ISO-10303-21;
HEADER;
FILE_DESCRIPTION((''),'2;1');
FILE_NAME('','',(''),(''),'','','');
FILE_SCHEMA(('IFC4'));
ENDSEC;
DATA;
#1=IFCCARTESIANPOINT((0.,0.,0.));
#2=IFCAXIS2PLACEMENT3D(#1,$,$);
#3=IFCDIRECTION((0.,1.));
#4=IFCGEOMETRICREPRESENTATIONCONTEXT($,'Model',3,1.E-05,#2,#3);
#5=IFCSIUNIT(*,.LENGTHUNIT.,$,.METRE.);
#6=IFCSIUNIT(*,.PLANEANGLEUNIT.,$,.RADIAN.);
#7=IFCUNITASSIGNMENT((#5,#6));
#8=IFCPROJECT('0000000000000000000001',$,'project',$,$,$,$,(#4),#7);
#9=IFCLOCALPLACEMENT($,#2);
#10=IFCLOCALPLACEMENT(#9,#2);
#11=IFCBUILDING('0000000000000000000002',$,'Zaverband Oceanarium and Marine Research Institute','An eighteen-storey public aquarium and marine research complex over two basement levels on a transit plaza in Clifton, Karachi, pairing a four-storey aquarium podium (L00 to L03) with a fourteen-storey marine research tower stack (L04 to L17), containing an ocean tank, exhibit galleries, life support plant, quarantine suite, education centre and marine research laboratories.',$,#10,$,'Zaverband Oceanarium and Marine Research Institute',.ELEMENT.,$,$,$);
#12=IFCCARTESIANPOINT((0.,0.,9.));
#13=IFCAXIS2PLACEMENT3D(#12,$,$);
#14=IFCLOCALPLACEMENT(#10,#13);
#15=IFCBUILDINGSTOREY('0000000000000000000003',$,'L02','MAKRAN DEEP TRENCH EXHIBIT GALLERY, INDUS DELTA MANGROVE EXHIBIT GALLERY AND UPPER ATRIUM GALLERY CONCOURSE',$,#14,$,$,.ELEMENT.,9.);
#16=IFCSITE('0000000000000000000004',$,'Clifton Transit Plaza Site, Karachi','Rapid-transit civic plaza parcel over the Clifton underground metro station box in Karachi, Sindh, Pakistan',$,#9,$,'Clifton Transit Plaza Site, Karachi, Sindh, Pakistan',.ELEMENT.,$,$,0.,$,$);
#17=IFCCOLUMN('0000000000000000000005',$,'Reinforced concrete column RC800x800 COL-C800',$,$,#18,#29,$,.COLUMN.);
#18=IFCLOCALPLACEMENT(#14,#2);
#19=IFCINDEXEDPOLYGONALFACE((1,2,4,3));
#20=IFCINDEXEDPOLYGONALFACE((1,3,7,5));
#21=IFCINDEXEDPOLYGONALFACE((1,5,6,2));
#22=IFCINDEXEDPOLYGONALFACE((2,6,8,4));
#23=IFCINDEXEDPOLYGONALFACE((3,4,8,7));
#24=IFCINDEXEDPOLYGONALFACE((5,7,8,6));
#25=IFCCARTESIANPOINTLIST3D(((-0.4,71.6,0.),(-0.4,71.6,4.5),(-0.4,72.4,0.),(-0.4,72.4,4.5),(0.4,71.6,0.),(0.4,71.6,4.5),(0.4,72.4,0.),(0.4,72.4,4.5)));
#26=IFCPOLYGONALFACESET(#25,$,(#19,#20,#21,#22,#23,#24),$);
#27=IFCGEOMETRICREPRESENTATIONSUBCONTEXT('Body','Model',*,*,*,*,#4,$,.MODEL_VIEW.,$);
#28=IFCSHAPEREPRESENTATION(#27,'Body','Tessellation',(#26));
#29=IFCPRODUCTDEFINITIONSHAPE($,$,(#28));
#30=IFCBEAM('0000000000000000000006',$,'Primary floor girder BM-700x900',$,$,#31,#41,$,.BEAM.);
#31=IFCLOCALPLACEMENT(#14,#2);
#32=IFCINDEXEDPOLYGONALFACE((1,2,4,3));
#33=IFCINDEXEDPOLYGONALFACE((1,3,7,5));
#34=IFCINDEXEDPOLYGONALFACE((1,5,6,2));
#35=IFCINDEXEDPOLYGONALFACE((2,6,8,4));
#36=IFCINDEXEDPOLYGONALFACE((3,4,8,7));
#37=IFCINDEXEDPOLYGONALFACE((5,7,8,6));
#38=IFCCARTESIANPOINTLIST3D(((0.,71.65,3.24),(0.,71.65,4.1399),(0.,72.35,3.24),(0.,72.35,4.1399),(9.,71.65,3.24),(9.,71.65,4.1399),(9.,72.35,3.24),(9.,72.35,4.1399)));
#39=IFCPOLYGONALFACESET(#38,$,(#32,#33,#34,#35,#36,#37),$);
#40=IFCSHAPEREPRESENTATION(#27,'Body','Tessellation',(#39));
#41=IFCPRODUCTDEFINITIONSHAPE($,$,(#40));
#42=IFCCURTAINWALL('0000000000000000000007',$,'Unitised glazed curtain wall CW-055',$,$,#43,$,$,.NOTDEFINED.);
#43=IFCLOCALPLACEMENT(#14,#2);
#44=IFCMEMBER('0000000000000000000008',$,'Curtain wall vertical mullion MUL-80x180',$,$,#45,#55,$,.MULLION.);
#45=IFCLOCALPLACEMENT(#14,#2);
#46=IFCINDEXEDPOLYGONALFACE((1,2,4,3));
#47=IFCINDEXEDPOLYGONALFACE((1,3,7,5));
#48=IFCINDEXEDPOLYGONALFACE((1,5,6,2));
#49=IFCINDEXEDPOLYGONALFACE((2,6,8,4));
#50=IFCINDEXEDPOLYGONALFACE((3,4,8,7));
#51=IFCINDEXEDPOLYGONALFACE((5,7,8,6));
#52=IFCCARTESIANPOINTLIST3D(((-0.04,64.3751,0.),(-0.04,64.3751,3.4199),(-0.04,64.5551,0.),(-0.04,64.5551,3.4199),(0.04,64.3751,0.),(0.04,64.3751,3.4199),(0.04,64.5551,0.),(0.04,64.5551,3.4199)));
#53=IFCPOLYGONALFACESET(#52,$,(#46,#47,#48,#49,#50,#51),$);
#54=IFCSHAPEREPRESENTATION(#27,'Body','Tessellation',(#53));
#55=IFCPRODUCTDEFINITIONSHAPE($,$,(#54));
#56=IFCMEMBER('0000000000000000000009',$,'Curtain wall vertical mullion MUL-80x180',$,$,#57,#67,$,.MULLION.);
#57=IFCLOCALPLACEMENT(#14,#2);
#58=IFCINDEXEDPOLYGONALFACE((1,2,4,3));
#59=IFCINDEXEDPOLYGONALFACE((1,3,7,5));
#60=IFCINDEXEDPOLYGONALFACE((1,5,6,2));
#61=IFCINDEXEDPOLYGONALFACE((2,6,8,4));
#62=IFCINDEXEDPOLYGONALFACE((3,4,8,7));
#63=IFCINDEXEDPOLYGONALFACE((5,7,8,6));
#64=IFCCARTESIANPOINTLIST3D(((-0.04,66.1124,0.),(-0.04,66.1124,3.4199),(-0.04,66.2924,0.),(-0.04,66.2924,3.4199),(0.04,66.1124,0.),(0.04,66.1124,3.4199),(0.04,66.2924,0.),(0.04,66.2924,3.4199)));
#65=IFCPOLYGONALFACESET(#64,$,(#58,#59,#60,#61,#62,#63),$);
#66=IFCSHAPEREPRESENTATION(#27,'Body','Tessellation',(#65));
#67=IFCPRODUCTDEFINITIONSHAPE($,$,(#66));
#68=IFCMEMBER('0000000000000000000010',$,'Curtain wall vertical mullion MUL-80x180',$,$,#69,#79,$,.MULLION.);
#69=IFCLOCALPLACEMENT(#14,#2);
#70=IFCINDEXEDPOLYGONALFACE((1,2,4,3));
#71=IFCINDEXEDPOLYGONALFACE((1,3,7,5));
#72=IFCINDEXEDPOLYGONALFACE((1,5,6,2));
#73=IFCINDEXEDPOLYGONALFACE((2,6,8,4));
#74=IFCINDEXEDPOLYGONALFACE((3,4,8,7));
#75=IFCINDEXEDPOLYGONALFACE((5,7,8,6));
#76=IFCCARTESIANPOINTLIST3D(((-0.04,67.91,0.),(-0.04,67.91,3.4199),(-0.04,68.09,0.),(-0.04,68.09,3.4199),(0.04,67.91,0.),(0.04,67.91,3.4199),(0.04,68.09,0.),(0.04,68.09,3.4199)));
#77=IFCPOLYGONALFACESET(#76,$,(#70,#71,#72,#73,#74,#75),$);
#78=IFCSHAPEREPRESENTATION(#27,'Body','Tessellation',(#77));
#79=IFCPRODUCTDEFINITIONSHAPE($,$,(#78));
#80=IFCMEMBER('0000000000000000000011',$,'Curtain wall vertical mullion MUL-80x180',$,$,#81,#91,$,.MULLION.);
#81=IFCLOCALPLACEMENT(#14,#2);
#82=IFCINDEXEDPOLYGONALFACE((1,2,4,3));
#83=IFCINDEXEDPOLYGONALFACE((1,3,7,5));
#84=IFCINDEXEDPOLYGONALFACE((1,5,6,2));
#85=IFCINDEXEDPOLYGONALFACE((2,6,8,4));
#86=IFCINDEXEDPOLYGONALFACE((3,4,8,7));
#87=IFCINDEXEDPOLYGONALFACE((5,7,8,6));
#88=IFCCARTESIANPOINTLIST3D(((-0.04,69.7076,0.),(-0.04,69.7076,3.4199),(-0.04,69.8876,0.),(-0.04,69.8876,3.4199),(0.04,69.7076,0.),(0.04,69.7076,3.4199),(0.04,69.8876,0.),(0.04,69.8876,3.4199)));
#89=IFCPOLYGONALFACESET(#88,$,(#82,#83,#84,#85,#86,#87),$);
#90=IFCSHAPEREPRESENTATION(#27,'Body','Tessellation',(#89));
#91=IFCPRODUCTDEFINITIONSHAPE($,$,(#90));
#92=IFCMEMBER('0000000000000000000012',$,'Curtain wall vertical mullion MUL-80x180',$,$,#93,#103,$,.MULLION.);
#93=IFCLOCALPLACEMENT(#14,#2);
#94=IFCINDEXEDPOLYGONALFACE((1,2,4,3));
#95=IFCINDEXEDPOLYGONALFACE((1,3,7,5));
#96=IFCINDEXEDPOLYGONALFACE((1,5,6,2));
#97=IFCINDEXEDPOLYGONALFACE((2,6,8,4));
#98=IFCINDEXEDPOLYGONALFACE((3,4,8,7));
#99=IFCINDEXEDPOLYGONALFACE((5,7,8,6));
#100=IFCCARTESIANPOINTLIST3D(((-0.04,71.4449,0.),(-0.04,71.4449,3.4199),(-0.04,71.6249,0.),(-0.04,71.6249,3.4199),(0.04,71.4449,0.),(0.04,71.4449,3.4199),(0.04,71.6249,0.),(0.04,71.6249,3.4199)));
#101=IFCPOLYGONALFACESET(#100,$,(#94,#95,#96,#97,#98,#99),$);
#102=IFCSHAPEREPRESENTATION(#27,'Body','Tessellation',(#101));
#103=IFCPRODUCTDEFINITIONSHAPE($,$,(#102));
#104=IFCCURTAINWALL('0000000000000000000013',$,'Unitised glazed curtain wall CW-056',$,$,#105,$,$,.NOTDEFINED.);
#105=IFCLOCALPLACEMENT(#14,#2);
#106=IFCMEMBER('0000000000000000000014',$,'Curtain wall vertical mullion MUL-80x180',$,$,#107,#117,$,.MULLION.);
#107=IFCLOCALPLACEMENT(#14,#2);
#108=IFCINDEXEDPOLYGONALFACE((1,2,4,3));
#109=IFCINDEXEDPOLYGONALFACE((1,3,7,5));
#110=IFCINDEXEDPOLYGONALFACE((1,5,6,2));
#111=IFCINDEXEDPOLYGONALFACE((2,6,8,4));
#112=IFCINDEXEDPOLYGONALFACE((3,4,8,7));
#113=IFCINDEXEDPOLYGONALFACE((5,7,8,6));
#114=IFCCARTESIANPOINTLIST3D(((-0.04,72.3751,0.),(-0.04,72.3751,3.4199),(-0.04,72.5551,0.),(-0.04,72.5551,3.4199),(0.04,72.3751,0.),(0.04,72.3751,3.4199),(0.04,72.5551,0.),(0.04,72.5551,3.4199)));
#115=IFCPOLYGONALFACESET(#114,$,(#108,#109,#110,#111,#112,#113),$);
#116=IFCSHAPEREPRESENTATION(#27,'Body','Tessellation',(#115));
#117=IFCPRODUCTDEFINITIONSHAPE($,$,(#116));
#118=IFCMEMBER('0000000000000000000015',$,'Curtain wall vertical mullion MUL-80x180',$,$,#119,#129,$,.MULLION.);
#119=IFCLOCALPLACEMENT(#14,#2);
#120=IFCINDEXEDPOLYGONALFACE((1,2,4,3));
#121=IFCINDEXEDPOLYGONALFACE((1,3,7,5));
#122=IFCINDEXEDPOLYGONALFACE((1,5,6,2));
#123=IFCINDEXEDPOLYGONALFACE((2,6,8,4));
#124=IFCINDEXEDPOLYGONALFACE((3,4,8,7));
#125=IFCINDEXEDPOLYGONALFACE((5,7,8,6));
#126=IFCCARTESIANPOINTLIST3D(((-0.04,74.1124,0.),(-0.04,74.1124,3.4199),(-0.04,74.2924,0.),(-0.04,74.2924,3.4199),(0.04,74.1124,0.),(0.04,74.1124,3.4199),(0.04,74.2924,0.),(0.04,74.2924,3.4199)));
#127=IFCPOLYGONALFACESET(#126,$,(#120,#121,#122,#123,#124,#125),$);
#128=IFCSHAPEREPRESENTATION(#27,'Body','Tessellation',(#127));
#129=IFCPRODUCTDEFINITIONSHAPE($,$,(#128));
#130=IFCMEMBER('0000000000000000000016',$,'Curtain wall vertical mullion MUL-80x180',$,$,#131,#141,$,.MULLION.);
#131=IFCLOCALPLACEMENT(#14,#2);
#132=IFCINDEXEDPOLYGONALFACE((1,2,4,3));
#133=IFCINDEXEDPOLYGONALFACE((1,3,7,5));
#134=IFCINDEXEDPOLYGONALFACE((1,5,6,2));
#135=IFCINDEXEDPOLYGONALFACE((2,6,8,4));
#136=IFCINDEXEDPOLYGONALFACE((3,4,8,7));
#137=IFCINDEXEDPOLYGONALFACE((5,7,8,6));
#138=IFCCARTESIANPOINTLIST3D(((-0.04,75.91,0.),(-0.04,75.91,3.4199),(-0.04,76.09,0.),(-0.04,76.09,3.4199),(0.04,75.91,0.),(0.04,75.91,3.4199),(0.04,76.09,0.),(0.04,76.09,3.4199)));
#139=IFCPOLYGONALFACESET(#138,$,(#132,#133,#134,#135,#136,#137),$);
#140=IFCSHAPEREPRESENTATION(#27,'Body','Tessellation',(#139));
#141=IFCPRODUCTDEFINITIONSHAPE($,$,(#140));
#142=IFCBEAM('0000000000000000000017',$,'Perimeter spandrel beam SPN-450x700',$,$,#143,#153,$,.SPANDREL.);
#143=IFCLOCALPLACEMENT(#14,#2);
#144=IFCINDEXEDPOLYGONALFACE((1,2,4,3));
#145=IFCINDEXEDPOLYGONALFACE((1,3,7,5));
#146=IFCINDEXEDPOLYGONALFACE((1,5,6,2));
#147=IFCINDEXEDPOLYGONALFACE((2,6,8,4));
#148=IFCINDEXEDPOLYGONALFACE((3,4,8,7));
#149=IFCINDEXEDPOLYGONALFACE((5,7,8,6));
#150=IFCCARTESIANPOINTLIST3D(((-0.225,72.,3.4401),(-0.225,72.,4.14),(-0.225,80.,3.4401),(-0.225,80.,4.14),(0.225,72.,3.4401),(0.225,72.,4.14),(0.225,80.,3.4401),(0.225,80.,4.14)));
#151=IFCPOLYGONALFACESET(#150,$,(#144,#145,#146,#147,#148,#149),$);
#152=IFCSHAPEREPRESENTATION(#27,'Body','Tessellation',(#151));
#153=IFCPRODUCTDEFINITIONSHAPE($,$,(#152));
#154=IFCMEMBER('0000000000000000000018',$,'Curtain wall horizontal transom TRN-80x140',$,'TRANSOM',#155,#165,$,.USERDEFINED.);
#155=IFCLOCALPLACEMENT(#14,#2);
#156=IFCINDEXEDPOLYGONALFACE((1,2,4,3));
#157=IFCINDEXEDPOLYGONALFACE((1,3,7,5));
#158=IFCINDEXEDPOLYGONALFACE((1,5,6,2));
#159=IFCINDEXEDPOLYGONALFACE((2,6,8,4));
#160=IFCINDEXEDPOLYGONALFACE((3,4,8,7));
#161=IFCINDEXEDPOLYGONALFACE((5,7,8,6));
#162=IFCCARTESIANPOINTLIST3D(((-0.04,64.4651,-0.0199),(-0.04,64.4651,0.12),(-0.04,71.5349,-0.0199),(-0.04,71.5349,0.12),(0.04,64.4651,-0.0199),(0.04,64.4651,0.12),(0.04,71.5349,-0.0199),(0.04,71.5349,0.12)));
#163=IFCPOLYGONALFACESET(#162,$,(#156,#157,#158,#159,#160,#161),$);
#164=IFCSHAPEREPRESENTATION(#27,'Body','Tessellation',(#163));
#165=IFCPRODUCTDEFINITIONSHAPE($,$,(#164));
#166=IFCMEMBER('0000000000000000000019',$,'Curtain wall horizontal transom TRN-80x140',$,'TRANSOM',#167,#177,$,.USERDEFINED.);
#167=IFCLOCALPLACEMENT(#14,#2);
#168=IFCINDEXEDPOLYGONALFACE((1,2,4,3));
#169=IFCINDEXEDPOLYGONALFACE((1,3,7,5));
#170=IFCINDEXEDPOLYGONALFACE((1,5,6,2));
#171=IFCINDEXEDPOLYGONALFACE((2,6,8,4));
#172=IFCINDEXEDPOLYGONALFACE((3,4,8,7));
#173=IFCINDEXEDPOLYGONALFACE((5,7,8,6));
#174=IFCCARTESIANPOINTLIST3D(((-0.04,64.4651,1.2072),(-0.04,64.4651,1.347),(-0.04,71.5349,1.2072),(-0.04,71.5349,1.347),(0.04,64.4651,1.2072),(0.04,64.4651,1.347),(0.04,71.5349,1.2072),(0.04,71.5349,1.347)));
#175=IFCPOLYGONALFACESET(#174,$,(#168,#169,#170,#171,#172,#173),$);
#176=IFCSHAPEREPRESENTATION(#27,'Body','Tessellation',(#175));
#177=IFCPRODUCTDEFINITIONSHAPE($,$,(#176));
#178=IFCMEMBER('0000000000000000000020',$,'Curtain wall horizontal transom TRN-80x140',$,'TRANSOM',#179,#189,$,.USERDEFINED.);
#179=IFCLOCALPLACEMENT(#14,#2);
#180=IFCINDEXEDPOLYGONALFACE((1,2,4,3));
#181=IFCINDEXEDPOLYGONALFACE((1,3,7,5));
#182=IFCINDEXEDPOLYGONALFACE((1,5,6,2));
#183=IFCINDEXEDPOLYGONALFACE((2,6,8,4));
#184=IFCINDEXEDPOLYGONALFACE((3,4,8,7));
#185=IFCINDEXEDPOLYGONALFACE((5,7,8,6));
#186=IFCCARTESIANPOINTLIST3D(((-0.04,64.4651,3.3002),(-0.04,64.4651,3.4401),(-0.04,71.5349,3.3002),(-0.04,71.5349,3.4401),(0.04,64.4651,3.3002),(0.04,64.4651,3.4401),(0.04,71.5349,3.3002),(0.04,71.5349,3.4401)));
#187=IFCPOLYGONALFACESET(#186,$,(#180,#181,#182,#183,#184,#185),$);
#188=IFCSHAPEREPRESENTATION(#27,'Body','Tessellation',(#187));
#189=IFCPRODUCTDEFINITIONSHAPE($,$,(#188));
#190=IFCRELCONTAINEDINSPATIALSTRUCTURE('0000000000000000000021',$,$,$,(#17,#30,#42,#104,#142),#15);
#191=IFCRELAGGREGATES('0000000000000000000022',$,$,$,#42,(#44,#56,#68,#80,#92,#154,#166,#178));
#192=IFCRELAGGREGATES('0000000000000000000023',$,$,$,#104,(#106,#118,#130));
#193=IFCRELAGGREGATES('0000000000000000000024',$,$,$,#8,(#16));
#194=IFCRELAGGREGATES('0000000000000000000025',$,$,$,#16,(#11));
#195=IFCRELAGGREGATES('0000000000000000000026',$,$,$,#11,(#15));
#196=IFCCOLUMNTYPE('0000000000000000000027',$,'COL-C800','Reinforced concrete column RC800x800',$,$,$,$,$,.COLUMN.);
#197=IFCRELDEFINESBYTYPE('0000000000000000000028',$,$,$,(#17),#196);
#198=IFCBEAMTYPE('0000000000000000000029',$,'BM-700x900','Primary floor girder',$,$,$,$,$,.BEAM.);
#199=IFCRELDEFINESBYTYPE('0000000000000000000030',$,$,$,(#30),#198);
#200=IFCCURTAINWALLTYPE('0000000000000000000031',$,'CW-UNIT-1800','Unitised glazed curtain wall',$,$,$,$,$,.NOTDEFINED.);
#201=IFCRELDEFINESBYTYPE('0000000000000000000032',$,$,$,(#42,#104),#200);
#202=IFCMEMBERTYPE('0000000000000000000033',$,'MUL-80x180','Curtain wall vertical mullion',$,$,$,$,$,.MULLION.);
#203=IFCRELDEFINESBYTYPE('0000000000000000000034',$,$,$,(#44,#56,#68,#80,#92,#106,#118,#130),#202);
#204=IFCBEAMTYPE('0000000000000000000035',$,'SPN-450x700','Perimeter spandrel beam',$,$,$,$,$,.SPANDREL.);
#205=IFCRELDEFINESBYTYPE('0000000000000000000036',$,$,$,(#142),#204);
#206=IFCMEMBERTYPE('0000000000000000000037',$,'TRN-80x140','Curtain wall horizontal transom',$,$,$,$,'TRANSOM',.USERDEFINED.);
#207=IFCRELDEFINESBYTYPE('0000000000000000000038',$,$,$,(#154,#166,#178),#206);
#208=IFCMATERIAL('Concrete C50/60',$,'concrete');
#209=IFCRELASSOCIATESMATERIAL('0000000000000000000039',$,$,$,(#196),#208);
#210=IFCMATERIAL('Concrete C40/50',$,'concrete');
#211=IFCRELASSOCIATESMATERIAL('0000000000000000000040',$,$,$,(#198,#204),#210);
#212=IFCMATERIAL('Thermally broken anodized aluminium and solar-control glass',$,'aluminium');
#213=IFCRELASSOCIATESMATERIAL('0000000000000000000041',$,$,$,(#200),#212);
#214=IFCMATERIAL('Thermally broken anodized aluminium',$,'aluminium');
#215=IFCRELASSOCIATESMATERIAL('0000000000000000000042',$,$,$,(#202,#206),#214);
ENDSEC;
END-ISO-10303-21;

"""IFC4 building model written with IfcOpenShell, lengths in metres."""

from ifc_helpers import new_model, si_unit, direction, frame, origin, origin_2d, place, context, subcontext, project, spatial, rectangle, extrude, material, material_profile, profile_set, type_object, element, aggregate, save


model = new_model("IFC4")

# Units and contexts
model_context = context("Model", 3, precision=1e-05, world=origin(), true_north=direction((0.0, 1.0)))
body_context = subcontext(model_context, "Body", "Model", "MODEL_VIEW")
ifc_project = project(units=[si_unit("LENGTHUNIT", "METRE"), si_unit("PLANEANGLEUNIT", "RADIAN")], contexts=[model_context])

# Site, building, storey
site_placement = place(None, origin())
site = spatial("IfcSite", under=ifc_project, at=site_placement, Name="Clifton Transit Plaza Site, Karachi", Description="Rapid-transit civic plaza parcel over the Clifton underground metro station box in Karachi, Sindh, Pakistan", LongName="Clifton Transit Plaza Site, Karachi, Sindh, Pakistan", CompositionType="ELEMENT", RefElevation=0.0)
building_placement = place(site_placement, origin())
building = spatial("IfcBuilding", under=site, at=building_placement, Name="Zaverband Oceanarium and Marine Research Institute", Description="An eighteen-storey public aquarium and marine research complex over two basement levels on a transit plaza in Clifton, Karachi, pairing a four-storey aquarium podium (L00 to L03) with a fourteen-storey marine research tower stack (L04 to L17), containing an ocean tank, exhibit galleries, life support plant, quarantine suite, education centre and marine research laboratories.", LongName="Zaverband Oceanarium and Marine Research Institute", CompositionType="ELEMENT")
storey_placement = place(building_placement, frame((0.0, 0.0, 9.0)))
storey = spatial("IfcBuildingStorey", under=building, at=storey_placement, Name="L02", Description="MAKRAN DEEP TRENCH EXHIBIT GALLERY, INDUS DELTA MANGROVE EXHIBIT GALLERY AND UPPER ATRIUM GALLERY CONCOURSE", CompositionType="ELEMENT", Elevation=9.0)

# Column
ifc_material_1 = material(Name="Concrete C50/60", Category="concrete")
ifc_material_profile_1 = material_profile(ifc_material_1, rectangle(XDim=0.8, YDim=0.8, at=origin_2d()), Name="RC800x800")
ifc_profile_set_1 = profile_set([ifc_material_profile_1], Name="Concrete C50/60")
column_type = type_object("IfcColumnType", Name="COL-C800", Description="Reinforced concrete column RC800x800", PredefinedType="COLUMN", material=ifc_profile_set_1)
column_placement = place(storey_placement, frame((0.0, 72.0, 0.0), z_axis=(0.0, 0.0, 1.0), x_axis=(1.0, 0.0, 0.0)))
element("IfcColumn", 1, at=column_placement, inside=storey, type_object=column_type, Name="Reinforced concrete column RC800x800 COL-C800", PredefinedType="COLUMN", context=body_context, shape_type="SweptSolid", body=[
    extrude(rectangle(XDim=0.8, YDim=0.8, at=origin_2d()), origin(), (0.0, 0.0, 1.0), 4.5),
])

# Beam
ifc_material_2 = material(Name="Concrete C40/50", Category="concrete")
ifc_material_profile_2 = material_profile(ifc_material_2, rectangle(XDim=0.7, YDim=0.8999, at=origin_2d()), Name="RC700x900")
ifc_profile_set_2 = profile_set([ifc_material_profile_2], Name="Concrete C40/50")
beam_type_1 = type_object("IfcBeamType", Name="BM-700x900", Description="Primary floor girder", PredefinedType="BEAM", material=ifc_profile_set_2)
beam_1_placement = place(storey_placement, frame((0.0, 72.0, 3.6899), z_axis=(1.0, 0.0, 0.0), x_axis=(0.0, 1.0, 0.0)))
element("IfcBeam", 2, at=beam_1_placement, inside=storey, type_object=beam_type_1, Name="Primary floor girder BM-700x900", PredefinedType="BEAM", context=body_context, shape_type="SweptSolid", body=[
    extrude(rectangle(XDim=0.7, YDim=0.8999, at=origin_2d()), origin(), (0.0, 0.0, 1.0), 9.0),
])

# Curtain walls, members
ifc_material_3 = material(Name="Thermally broken anodized aluminium and solar-control glass", Category="aluminium")
curtain_wall_type = type_object("IfcCurtainWallType", Name="CW-UNIT-1800", Description="Unitised glazed curtain wall", PredefinedType="NOTDEFINED", material=ifc_material_3)
curtain_wall_1_placement = place(storey_placement, origin())
curtain_wall_1 = element("IfcCurtainWall", 3, at=curtain_wall_1_placement, inside=storey, type_object=curtain_wall_type, Name="Unitised glazed curtain wall CW-055", PredefinedType="NOTDEFINED")
ifc_material_4 = material(Name="Thermally broken anodized aluminium", Category="aluminium")
ifc_material_profile_3 = material_profile(ifc_material_4, rectangle(XDim=0.0801, YDim=0.1799, at=origin_2d()), Name="AL-MUL-80x180")
ifc_profile_set_3 = profile_set([ifc_material_profile_3], Name="Thermally broken anodized aluminium")
member_type_1 = type_object("IfcMemberType", Name="MUL-80x180", Description="Curtain wall vertical mullion", PredefinedType="MULLION", material=ifc_profile_set_3)
member_1_placement = place(storey_placement, frame((0.0, 64.4651, 0.0), z_axis=(0.0, 0.0, 1.0), x_axis=(1.0, 0.0, 0.0)))
member_1 = element("IfcMember", 4, at=member_1_placement, type_object=member_type_1, Name="Curtain wall vertical mullion MUL-80x180", PredefinedType="MULLION", context=body_context, shape_type="SweptSolid", body=[
    extrude(rectangle(XDim=0.0801, YDim=0.1799, at=origin_2d()), origin(), (0.0, 0.0, 1.0), 3.4199),
])
member_2_placement = place(storey_placement, frame((0.0, 66.2024, 0.0), z_axis=(0.0, 0.0, 1.0), x_axis=(1.0, 0.0, 0.0)))
member_2 = element("IfcMember", 5, at=member_2_placement, type_object=member_type_1, Name="Curtain wall vertical mullion MUL-80x180", PredefinedType="MULLION", context=body_context, shape_type="SweptSolid", body=[
    extrude(rectangle(XDim=0.0801, YDim=0.1799, at=origin_2d()), origin(), (0.0, 0.0, 1.0), 3.4199),
])
member_3_placement = place(storey_placement, frame((0.0, 68.0, 0.0), z_axis=(0.0, 0.0, 1.0), x_axis=(1.0, 0.0, 0.0)))
member_3 = element("IfcMember", 6, at=member_3_placement, type_object=member_type_1, Name="Curtain wall vertical mullion MUL-80x180", PredefinedType="MULLION", context=body_context, shape_type="SweptSolid", body=[
    extrude(rectangle(XDim=0.0801, YDim=0.1799, at=origin_2d()), origin(), (0.0, 0.0, 1.0), 3.4199),
])
member_4_placement = place(storey_placement, frame((0.0, 69.7976, 0.0), z_axis=(0.0, 0.0, 1.0), x_axis=(1.0, 0.0, 0.0)))
member_4 = element("IfcMember", 7, at=member_4_placement, type_object=member_type_1, Name="Curtain wall vertical mullion MUL-80x180", PredefinedType="MULLION", context=body_context, shape_type="SweptSolid", body=[
    extrude(rectangle(XDim=0.0801, YDim=0.1799, at=origin_2d()), origin(), (0.0, 0.0, 1.0), 3.4199),
])
member_5_placement = place(storey_placement, frame((0.0, 71.5349, 0.0), z_axis=(0.0, 0.0, 1.0), x_axis=(1.0, 0.0, 0.0)))
member_5 = element("IfcMember", 8, at=member_5_placement, type_object=member_type_1, Name="Curtain wall vertical mullion MUL-80x180", PredefinedType="MULLION", context=body_context, shape_type="SweptSolid", body=[
    extrude(rectangle(XDim=0.0801, YDim=0.1799, at=origin_2d()), origin(), (0.0, 0.0, 1.0), 3.4199),
])
curtain_wall_2_placement = place(storey_placement, origin())
curtain_wall_2 = element("IfcCurtainWall", 9, at=curtain_wall_2_placement, inside=storey, type_object=curtain_wall_type, Name="Unitised glazed curtain wall CW-056", PredefinedType="NOTDEFINED")
member_6_placement = place(storey_placement, frame((0.0, 72.4651, 0.0), z_axis=(0.0, 0.0, 1.0), x_axis=(1.0, 0.0, 0.0)))
member_6 = element("IfcMember", 10, at=member_6_placement, type_object=member_type_1, Name="Curtain wall vertical mullion MUL-80x180", PredefinedType="MULLION", context=body_context, shape_type="SweptSolid", body=[
    extrude(rectangle(XDim=0.0801, YDim=0.1799, at=origin_2d()), origin(), (0.0, 0.0, 1.0), 3.4199),
])
member_7_placement = place(storey_placement, frame((0.0, 74.2024, 0.0), z_axis=(0.0, 0.0, 1.0), x_axis=(1.0, 0.0, 0.0)))
member_7 = element("IfcMember", 11, at=member_7_placement, type_object=member_type_1, Name="Curtain wall vertical mullion MUL-80x180", PredefinedType="MULLION", context=body_context, shape_type="SweptSolid", body=[
    extrude(rectangle(XDim=0.0801, YDim=0.1799, at=origin_2d()), origin(), (0.0, 0.0, 1.0), 3.4199),
])
member_8_placement = place(storey_placement, frame((0.0, 76.0, 0.0), z_axis=(0.0, 0.0, 1.0), x_axis=(1.0, 0.0, 0.0)))
member_8 = element("IfcMember", 12, at=member_8_placement, type_object=member_type_1, Name="Curtain wall vertical mullion MUL-80x180", PredefinedType="MULLION", context=body_context, shape_type="SweptSolid", body=[
    extrude(rectangle(XDim=0.0801, YDim=0.1799, at=origin_2d()), origin(), (0.0, 0.0, 1.0), 3.4199),
])

# Beam
ifc_material_profile_4 = material_profile(ifc_material_2, rectangle(XDim=0.45, YDim=0.7, at=origin_2d()), Name="RC450x700")
ifc_profile_set_4 = profile_set([ifc_material_profile_4], Name="Concrete C40/50")
beam_type_2 = type_object("IfcBeamType", Name="SPN-450x700", Description="Perimeter spandrel beam", PredefinedType="SPANDREL", material=ifc_profile_set_4)
beam_2_placement = place(storey_placement, frame((0.0, 72.0, 3.79), z_axis=(0.0, 1.0, 0.0), x_axis=(-1.0, 0.0, 0.0)))
element("IfcBeam", 13, at=beam_2_placement, inside=storey, type_object=beam_type_2, Name="Perimeter spandrel beam SPN-450x700", PredefinedType="SPANDREL", context=body_context, shape_type="SweptSolid", body=[
    extrude(rectangle(XDim=0.45, YDim=0.7, at=origin_2d()), origin(), (0.0, 0.0, 1.0), 8.0),
])

# Members
ifc_material_profile_5 = material_profile(ifc_material_4, rectangle(XDim=0.0801, YDim=0.1399, at=origin_2d()), Name="AL-TRN-80x140")
ifc_profile_set_5 = profile_set([ifc_material_profile_5], Name="Thermally broken anodized aluminium")
member_type_2 = type_object("IfcMemberType", Name="TRN-80x140", Description="Curtain wall horizontal transom", ElementType="TRANSOM", PredefinedType="USERDEFINED", material=ifc_profile_set_5)
member_9_placement = place(storey_placement, frame((0.0, 64.4651, 0.05), z_axis=(0.0, 1.0, 0.0), x_axis=(-1.0, 0.0, 0.0)))
member_9 = element("IfcMember", 14, at=member_9_placement, type_object=member_type_2, Name="Curtain wall horizontal transom TRN-80x140", ObjectType="TRANSOM", PredefinedType="USERDEFINED", context=body_context, shape_type="SweptSolid", body=[
    extrude(rectangle(XDim=0.0801, YDim=0.1399, at=origin_2d()), origin(), (0.0, 0.0, 1.0), 7.0698),
])
member_10_placement = place(storey_placement, frame((0.0, 64.4651, 1.2771), z_axis=(0.0, 1.0, 0.0), x_axis=(-1.0, 0.0, 0.0)))
member_10 = element("IfcMember", 15, at=member_10_placement, type_object=member_type_2, Name="Curtain wall horizontal transom TRN-80x140", ObjectType="TRANSOM", PredefinedType="USERDEFINED", context=body_context, shape_type="SweptSolid", body=[
    extrude(rectangle(XDim=0.0801, YDim=0.1399, at=origin_2d()), origin(), (0.0, 0.0, 1.0), 7.0698),
])
member_11_placement = place(storey_placement, frame((0.0, 64.4651, 3.3701), z_axis=(0.0, 1.0, 0.0), x_axis=(-1.0, 0.0, 0.0)))
member_11 = element("IfcMember", 16, at=member_11_placement, type_object=member_type_2, Name="Curtain wall horizontal transom TRN-80x140", ObjectType="TRANSOM", PredefinedType="USERDEFINED", context=body_context, shape_type="SweptSolid", body=[
    extrude(rectangle(XDim=0.0801, YDim=0.1399, at=origin_2d()), origin(), (0.0, 0.0, 1.0), 7.0698),
])

aggregate(curtain_wall_1, [member_1, member_2, member_3, member_4, member_5, member_9, member_10, member_11])
aggregate(curtain_wall_2, [member_6, member_7, member_8])

save(model, "model.ifc")
